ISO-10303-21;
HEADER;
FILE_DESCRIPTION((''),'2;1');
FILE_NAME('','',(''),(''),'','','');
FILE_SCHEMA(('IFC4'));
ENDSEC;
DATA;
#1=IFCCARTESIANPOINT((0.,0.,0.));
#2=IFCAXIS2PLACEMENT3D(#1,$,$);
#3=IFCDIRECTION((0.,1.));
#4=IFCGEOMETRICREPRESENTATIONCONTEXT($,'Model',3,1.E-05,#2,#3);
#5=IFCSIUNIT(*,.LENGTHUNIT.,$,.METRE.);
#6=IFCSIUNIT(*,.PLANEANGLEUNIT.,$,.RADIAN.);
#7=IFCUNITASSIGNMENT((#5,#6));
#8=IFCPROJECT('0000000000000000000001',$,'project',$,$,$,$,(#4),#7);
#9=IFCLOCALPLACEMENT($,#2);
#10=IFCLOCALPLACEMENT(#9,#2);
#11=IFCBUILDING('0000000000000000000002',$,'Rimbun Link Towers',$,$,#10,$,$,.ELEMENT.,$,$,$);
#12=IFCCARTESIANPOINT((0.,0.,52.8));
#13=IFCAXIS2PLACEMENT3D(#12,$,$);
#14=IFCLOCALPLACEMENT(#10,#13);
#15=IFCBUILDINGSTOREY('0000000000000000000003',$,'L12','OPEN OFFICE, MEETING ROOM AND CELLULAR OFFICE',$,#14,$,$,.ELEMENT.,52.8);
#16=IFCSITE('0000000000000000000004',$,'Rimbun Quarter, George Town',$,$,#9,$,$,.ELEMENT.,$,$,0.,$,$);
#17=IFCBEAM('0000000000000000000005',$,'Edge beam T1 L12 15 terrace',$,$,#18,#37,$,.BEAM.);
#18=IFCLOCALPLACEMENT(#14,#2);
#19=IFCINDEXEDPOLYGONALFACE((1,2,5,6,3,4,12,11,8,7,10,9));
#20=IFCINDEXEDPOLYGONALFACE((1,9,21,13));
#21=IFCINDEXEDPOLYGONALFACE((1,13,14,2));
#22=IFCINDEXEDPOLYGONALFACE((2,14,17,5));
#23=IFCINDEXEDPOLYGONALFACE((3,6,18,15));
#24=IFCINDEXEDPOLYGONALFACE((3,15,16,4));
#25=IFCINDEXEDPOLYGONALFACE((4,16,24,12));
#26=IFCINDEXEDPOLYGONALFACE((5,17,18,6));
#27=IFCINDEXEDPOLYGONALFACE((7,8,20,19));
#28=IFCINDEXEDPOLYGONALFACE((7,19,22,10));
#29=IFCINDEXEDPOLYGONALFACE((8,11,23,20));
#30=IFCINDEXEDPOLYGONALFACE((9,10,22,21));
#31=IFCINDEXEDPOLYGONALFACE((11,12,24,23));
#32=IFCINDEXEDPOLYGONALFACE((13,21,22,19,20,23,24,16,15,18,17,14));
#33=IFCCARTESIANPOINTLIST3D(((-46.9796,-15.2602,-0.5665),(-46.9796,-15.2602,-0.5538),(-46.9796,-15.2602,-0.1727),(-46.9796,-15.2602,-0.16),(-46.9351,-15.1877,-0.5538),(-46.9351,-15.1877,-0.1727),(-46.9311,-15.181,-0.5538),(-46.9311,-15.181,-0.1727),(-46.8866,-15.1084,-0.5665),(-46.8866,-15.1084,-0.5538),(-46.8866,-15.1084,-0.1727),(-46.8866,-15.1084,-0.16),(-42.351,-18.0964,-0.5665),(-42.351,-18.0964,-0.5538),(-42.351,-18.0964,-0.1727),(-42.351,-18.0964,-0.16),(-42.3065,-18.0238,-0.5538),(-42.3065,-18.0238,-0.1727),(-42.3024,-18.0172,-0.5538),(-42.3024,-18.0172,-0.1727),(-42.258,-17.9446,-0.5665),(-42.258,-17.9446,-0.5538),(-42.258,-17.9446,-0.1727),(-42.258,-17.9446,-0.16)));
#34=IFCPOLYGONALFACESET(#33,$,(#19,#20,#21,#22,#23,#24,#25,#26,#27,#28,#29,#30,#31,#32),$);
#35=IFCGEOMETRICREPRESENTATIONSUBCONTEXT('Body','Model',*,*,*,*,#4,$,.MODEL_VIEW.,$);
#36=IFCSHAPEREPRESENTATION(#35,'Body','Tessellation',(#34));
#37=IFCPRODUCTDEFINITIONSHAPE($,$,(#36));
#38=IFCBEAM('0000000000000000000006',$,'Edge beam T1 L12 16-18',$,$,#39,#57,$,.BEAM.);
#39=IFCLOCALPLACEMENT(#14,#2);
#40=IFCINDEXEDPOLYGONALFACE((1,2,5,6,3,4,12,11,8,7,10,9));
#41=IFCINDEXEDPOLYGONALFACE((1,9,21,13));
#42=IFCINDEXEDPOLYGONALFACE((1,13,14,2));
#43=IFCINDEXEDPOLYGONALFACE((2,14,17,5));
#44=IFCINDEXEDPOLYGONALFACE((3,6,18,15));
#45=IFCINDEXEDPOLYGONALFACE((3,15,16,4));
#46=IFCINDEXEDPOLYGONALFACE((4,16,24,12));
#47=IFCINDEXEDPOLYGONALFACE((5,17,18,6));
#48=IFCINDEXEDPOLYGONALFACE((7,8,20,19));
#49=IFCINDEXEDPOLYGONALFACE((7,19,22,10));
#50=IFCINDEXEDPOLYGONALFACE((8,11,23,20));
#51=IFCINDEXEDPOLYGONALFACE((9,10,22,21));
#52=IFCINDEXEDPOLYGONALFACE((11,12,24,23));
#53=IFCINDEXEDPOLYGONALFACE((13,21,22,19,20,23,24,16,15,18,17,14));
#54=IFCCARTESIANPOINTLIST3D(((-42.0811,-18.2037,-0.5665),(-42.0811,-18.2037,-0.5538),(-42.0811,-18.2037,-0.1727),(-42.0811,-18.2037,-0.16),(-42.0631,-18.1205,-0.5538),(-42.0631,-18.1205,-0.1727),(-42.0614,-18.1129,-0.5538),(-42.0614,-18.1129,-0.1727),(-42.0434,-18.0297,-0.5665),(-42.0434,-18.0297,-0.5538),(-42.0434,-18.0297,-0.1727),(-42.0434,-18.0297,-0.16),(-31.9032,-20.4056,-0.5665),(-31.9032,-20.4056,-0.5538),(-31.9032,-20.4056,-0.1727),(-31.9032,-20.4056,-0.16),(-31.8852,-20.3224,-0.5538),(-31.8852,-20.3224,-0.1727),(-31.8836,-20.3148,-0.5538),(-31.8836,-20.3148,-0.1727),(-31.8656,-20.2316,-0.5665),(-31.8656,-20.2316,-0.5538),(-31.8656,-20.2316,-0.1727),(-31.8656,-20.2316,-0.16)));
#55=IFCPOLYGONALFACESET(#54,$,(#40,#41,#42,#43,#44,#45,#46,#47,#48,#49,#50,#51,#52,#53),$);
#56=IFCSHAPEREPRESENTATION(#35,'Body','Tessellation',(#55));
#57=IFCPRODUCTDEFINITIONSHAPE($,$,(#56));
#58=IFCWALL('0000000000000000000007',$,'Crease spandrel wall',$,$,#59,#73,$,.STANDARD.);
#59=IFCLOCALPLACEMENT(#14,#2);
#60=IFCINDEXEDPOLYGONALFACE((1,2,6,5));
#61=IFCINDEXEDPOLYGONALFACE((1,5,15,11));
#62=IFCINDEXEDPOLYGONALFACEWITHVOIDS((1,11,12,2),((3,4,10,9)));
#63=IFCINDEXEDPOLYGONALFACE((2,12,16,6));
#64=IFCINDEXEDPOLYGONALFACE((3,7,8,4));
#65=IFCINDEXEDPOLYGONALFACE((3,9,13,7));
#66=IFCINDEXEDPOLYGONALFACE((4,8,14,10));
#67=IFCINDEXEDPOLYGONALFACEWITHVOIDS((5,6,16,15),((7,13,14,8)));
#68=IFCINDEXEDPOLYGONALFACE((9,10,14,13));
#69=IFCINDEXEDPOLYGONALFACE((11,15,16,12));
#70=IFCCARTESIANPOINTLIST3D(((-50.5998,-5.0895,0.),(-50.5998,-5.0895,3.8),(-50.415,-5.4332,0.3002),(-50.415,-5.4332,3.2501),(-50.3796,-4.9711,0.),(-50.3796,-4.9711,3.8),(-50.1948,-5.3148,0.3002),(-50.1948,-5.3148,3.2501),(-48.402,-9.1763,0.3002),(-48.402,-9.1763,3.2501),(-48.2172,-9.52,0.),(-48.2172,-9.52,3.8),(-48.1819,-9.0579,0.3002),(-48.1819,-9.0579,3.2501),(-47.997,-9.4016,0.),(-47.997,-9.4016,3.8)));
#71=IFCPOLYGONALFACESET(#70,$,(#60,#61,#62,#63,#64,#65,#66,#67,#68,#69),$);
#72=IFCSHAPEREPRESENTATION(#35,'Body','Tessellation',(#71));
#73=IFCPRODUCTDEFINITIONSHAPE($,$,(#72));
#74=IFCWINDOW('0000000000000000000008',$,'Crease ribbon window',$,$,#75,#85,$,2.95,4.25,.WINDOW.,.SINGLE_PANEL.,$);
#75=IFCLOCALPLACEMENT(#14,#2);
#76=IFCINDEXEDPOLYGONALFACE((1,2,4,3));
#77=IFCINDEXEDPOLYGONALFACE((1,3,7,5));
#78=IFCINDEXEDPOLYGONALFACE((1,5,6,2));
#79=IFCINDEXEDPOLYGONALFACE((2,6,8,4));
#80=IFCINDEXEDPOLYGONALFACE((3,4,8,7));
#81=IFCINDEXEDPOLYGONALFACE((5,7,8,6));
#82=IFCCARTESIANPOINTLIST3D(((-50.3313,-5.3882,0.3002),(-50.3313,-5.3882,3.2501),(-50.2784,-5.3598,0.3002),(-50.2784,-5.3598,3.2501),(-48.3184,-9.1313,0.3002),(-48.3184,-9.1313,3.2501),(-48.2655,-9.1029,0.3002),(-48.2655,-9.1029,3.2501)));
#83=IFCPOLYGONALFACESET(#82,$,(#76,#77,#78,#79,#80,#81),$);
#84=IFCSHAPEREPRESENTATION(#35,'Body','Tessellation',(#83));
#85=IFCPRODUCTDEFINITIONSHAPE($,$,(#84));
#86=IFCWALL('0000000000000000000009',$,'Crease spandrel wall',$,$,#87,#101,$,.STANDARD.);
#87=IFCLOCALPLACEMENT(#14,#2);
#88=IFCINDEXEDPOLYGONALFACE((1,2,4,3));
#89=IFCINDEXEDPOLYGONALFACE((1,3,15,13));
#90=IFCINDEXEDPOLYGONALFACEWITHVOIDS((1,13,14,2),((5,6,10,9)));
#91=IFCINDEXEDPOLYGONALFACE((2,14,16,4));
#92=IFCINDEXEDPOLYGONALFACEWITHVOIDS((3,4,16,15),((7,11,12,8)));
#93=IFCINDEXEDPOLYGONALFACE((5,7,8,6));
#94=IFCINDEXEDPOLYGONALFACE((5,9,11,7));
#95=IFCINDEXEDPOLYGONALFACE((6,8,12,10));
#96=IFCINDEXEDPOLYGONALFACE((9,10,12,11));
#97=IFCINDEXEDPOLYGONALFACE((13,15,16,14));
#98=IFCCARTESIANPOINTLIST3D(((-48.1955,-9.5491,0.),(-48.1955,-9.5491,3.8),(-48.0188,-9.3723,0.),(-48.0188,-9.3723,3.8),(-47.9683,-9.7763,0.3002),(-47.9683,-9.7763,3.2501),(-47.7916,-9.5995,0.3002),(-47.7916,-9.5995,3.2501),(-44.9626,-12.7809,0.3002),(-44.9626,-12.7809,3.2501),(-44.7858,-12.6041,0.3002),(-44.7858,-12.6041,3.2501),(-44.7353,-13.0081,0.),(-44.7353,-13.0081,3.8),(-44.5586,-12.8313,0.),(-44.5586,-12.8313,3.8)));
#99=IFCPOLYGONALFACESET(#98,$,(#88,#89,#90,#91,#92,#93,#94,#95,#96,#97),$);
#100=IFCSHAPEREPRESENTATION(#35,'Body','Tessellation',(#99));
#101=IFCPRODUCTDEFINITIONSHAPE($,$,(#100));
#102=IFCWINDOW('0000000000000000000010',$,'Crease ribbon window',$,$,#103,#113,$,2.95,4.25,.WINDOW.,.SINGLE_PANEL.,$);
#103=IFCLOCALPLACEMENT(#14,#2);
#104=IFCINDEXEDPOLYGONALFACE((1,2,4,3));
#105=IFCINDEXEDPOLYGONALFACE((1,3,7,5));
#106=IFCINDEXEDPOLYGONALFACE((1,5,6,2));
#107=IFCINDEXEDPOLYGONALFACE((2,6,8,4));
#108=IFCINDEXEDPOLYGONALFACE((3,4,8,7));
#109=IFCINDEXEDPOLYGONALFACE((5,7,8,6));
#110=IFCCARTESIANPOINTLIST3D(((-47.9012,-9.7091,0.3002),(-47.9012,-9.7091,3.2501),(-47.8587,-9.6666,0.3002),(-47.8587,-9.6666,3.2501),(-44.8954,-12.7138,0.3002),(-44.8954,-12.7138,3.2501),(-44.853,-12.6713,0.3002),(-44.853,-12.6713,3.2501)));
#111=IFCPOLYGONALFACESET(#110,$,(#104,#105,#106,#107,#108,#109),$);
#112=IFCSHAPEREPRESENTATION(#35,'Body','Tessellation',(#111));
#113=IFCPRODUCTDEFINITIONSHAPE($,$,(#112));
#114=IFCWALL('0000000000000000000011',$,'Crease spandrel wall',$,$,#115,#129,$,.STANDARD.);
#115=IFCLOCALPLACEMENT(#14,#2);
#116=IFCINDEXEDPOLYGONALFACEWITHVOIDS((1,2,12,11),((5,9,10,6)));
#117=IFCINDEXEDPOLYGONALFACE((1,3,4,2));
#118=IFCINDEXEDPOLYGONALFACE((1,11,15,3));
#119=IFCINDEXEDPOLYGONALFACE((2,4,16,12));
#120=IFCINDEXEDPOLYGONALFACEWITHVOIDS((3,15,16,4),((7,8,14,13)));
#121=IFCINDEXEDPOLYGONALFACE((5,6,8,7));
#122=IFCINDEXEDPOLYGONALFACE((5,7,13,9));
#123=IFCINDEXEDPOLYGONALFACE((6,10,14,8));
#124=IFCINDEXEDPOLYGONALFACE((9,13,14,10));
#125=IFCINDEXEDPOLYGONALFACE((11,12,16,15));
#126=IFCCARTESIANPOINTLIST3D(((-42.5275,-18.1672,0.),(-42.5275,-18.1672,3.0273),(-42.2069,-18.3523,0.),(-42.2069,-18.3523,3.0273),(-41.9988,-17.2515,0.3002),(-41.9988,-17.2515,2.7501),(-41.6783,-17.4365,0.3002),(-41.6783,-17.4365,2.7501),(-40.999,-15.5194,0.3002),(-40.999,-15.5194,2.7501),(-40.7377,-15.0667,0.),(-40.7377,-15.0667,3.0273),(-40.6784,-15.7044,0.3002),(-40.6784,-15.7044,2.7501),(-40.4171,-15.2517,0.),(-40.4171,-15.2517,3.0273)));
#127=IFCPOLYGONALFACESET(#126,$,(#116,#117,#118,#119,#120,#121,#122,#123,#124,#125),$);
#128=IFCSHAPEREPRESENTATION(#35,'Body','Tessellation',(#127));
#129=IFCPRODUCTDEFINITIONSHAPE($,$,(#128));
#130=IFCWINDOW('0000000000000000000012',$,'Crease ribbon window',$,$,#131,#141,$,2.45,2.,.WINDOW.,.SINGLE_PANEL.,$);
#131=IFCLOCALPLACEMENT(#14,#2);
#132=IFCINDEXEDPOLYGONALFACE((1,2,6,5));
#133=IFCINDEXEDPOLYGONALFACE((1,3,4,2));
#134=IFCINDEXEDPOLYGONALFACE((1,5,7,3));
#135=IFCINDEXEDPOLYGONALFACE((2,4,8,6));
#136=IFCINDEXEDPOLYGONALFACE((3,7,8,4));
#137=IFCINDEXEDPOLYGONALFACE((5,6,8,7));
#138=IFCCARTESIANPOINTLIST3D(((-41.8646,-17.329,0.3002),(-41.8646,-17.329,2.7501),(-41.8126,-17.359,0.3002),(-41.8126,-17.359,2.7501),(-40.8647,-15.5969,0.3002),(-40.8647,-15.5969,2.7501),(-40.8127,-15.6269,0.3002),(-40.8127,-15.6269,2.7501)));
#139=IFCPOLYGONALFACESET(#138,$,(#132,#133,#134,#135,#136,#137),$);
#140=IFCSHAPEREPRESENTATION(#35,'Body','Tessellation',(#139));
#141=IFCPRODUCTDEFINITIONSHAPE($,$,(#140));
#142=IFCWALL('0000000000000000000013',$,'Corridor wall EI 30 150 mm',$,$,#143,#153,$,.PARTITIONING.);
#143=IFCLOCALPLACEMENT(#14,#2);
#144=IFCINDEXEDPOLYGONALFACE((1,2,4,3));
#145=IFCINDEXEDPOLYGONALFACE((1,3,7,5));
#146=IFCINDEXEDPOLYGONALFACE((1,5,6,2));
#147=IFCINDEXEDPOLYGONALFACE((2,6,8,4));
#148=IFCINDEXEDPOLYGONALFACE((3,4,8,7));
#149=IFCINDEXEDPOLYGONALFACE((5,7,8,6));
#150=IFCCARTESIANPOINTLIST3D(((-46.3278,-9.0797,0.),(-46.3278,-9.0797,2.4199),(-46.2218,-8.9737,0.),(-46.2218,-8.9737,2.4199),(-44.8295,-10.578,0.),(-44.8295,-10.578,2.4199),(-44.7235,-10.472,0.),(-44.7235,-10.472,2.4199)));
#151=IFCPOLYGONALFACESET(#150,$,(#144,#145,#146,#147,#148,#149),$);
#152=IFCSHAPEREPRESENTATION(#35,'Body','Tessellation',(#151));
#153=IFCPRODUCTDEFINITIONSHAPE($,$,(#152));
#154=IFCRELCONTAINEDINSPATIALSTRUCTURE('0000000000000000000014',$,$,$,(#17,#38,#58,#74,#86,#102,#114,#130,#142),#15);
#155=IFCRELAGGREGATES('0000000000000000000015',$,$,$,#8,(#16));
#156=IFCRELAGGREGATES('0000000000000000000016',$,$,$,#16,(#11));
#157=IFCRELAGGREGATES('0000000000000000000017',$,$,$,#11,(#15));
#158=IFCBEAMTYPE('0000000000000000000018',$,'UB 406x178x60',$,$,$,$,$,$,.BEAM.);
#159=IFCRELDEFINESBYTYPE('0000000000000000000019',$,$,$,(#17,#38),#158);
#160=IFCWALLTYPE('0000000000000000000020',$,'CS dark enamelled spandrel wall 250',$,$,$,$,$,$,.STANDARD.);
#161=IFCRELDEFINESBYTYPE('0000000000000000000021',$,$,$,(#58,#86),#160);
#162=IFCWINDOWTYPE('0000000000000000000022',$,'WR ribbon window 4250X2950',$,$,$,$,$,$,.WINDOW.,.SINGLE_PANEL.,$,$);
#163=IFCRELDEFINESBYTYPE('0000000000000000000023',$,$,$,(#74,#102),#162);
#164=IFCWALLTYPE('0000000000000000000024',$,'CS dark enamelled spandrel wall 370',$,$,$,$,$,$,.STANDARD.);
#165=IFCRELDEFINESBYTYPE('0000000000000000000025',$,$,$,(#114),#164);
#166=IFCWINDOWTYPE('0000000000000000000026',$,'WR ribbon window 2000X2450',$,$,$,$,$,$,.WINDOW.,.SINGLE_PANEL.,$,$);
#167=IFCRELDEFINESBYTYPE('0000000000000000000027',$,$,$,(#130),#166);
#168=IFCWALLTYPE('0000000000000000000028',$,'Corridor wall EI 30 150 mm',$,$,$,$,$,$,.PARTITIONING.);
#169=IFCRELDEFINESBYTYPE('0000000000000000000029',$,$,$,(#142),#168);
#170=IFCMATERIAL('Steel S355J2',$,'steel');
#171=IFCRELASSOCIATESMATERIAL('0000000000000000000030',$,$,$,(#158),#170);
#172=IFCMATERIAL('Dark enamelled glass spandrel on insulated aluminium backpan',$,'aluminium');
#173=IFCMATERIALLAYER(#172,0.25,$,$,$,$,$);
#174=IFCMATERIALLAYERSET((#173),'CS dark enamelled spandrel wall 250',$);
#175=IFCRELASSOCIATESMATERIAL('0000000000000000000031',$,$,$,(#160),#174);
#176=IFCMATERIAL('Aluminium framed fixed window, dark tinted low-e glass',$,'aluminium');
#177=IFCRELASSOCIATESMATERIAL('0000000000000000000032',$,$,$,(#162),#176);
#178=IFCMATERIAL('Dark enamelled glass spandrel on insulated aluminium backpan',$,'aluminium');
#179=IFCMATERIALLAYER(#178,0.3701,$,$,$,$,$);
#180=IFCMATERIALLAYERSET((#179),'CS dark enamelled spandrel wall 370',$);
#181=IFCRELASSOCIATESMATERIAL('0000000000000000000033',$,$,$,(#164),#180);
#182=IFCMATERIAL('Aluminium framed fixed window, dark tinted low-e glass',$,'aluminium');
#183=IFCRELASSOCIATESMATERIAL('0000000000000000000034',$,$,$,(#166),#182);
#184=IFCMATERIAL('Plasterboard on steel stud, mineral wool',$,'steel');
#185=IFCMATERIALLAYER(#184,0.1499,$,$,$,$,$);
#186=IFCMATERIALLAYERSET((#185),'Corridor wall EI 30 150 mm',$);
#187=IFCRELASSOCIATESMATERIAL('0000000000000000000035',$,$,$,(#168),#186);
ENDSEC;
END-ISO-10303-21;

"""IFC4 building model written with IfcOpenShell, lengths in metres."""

from ifc_helpers import new_model, si_unit, direction, frame, frame_2d, origin, origin_2d, place, context, subcontext, project, spatial, rectangle, i_section, extrude, material, layer, layer_set, material_profile, profile_set, type_object, element, fill, save


model = new_model("IFC4")

# Units and contexts
model_context = context("Model", 3, precision=1e-05, world=origin(), true_north=direction((0.0, 1.0)))
body_context = subcontext(model_context, "Body", "Model", "MODEL_VIEW")
ifc_project = project(units=[si_unit("LENGTHUNIT", "METRE"), si_unit("PLANEANGLEUNIT", "RADIAN")], contexts=[model_context])

# Site, building, storey
site_placement = place(None, origin())
site = spatial("IfcSite", under=ifc_project, at=site_placement, Name="Rimbun Quarter, George Town", CompositionType="ELEMENT", RefElevation=0.0)
building_placement = place(site_placement, origin())
building = spatial("IfcBuilding", under=site, at=building_placement, Name="Rimbun Link Towers", CompositionType="ELEMENT")
storey_placement = place(building_placement, frame((0.0, 0.0, 52.8)))
storey = spatial("IfcBuildingStorey", under=building, at=storey_placement, Name="L12", Description="OPEN OFFICE, MEETING ROOM AND CELLULAR OFFICE", CompositionType="ELEMENT", Elevation=52.8)

# Beams
ifc_material_1 = material(Name="Steel S355J2", Category="steel")
ifc_material_profile_1 = material_profile(ifc_material_1, i_section(OverallWidth=0.178, OverallDepth=0.4065, WebThickness=0.0078, FlangeThickness=0.0127, at=origin_2d()), Name="UB 406x178x60")
ifc_profile_set_1 = profile_set([ifc_material_profile_1], Name="Steel S355J2")
beam_type_1 = type_object("IfcBeamType", Name="UB 406x178x60", PredefinedType="BEAM", material=ifc_profile_set_1)
beam_1_placement = place(storey_placement, frame((-46.9331, -15.1843, -0.3633), z_axis=(0.852662, -0.522463, 0.0), x_axis=(0.522463, 0.852662, 0.0)))
element("IfcBeam", 1, at=beam_1_placement, inside=storey, type_object=beam_type_1, Name="Edge beam T1 L12 15 terrace", PredefinedType="BEAM", context=body_context, shape_type="SweptSolid", body=[
    extrude(i_section(OverallWidth=0.178, OverallDepth=0.4065, WebThickness=0.0078, FlangeThickness=0.0127, at=origin_2d()), origin(), (0.0, 0.0, 1.0), 5.4285),
])
beam_2_placement = place(storey_placement, frame((-42.0623, -18.1167, -0.3633), z_axis=(0.977389, -0.211448, 0.0), x_axis=(0.211448, 0.977389, 0.0)))
element("IfcBeam", 2, at=beam_2_placement, inside=storey, type_object=beam_type_1, Name="Edge beam T1 L12 16-18", PredefinedType="BEAM", context=body_context, shape_type="SweptSolid", body=[
    extrude(i_section(OverallWidth=0.178, OverallDepth=0.4065, WebThickness=0.0078, FlangeThickness=0.0127, at=origin_2d()), origin(), (0.0, 0.0, 1.0), 10.4133),
])

# Walls, openings, windows
ifc_material_2 = material(Name="Dark enamelled glass spandrel on insulated aluminium backpan", Category="aluminium")
ifc_layer_1 = layer(ifc_material_2, 0.25)
ifc_layer_set_1 = layer_set([ifc_layer_1], Name="CS dark enamelled spandrel wall 250")
wall_type_1 = type_object("IfcWallType", Name="CS dark enamelled spandrel wall 250", PredefinedType="STANDARD", material=ifc_layer_set_1)
wall_1_placement = place(storey_placement, frame((-48.1072, -9.4607, 0.0), z_axis=(0.0, 0.0, 1.0), x_axis=(-0.473631, 0.880723, 0.0)))
wall_1 = element("IfcWall", 3, at=wall_1_placement, inside=storey, type_object=wall_type_1, Name="Crease spandrel wall", PredefinedType="STANDARD", context=body_context, shape_type="SweptSolid", body=[
    extrude(rectangle(XDim=5.0305, YDim=0.25, at=frame_2d((2.5151, 0.0))), origin(), (0.0, 0.0, 1.0), 3.8),
])
opening_1_placement = place(wall_1_placement, frame((0.3901, 0.0, 0.3)))
opening_1 = element("IfcOpeningElement", 4, at=opening_1_placement, cuts=wall_1, PredefinedType="OPENING", context=body_context, shape_type="SweptSolid", body=[
    extrude(rectangle(XDim=4.25, YDim=2.95, at=frame_2d((2.125, 1.4751))), frame((0.0, 0.135, 0.0), z_axis=(0.0, -1.0, 0.0), x_axis=(1.0, 0.0, 0.0)), (0.0, 0.0, 1.0), 0.27),
])
ifc_material_3 = material(Name="Aluminium framed fixed window, dark tinted low-e glass", Category="aluminium")
window_type_1 = type_object("IfcWindowType", Name="WR ribbon window 4250X2950", PartitioningType="SINGLE_PANEL", PredefinedType="WINDOW", material=ifc_material_3)
window_1_placement = place(opening_1_placement, origin())
window_1 = element("IfcWindow", 5, at=window_1_placement, inside=storey, type_object=window_type_1, Name="Crease ribbon window", OverallHeight=2.95, OverallWidth=4.25, PartitioningType="SINGLE_PANEL", PredefinedType="WINDOW", context=body_context, shape_type="SweptSolid", body=[
    extrude(rectangle(XDim=4.25, YDim=2.95, at=frame_2d((2.125, 1.4751))), frame((0.0, 0.03, 0.0), z_axis=(0.0, -1.0, 0.0), x_axis=(1.0, 0.0, 0.0)), (0.0, 0.0, 1.0), 0.0601),
])
fill(opening_1, window_1)
wall_2_placement = place(storey_placement, frame((-44.647, -12.9197, 0.0), z_axis=(0.0, 0.0, 1.0), x_axis=(-0.707232, 0.706982, 0.0)))
wall_2 = element("IfcWall", 6, at=wall_2_placement, inside=storey, type_object=wall_type_1, Name="Crease spandrel wall", PredefinedType="STANDARD", context=body_context, shape_type="SweptSolid", body=[
    extrude(rectangle(XDim=4.8926, YDim=0.25, at=frame_2d((2.4463, 0.0))), origin(), (0.0, 0.0, 1.0), 3.8),
])
opening_2_placement = place(wall_2_placement, frame((0.3213, 0.0, 0.3)))
opening_2 = element("IfcOpeningElement", 7, at=opening_2_placement, cuts=wall_2, PredefinedType="OPENING", context=body_context, shape_type="SweptSolid", body=[
    extrude(rectangle(XDim=4.25, YDim=2.95, at=frame_2d((2.125, 1.4751))), frame((0.0, 0.135, 0.0), z_axis=(0.0, -1.0, 0.0), x_axis=(1.0, 0.0, 0.0)), (0.0, 0.0, 1.0), 0.27),
])
window_2_placement = place(opening_2_placement, origin())
window_2 = element("IfcWindow", 8, at=window_2_placement, inside=storey, type_object=window_type_1, Name="Crease ribbon window", OverallHeight=2.95, OverallWidth=4.25, PartitioningType="SINGLE_PANEL", PredefinedType="WINDOW", context=body_context, shape_type="SweptSolid", body=[
    extrude(rectangle(XDim=4.25, YDim=2.95, at=frame_2d((2.125, 1.4751))), frame((0.0, 0.03, 0.0), z_axis=(0.0, -1.0, 0.0), x_axis=(1.0, 0.0, 0.0)), (0.0, 0.0, 1.0), 0.0601),
])
fill(opening_2, window_2)

# Wall, opening, window
ifc_material_4 = material(Name="Dark enamelled glass spandrel on insulated aluminium backpan", Category="aluminium")
ifc_layer_2 = layer(ifc_material_4, 0.3701)
ifc_layer_set_2 = layer_set([ifc_layer_2], Name="CS dark enamelled spandrel wall 370")
wall_type_2 = type_object("IfcWallType", Name="CS dark enamelled spandrel wall 370", PredefinedType="STANDARD", material=ifc_layer_set_2)
wall_3_placement = place(storey_placement, frame((-42.3672, -18.2598, 0.0), z_axis=(0.0, 0.0, 1.0), x_axis=(0.499931, 0.866065, 0.0)))
wall_3 = element("IfcWall", 9, at=wall_3_placement, inside=storey, type_object=wall_type_2, Name="Crease spandrel wall", PredefinedType="STANDARD", context=body_context, shape_type="SweptSolid", body=[
    extrude(rectangle(XDim=3.5801, YDim=0.3701, at=frame_2d((1.79, 0.0))), origin(), (0.0, 0.0, 1.0), 3.0273),
])
opening_3_placement = place(wall_3_placement, frame((1.0574, 0.0, 0.3)))
opening_3 = element("IfcOpeningElement", 10, at=opening_3_placement, cuts=wall_3, PredefinedType="OPENING", context=body_context, shape_type="SweptSolid", body=[
    extrude(rectangle(XDim=2.0, YDim=2.45, at=frame_2d((1.0, 1.2251))), frame((0.0, 0.1951, 0.0), z_axis=(0.0, -1.0, 0.0), x_axis=(1.0, 0.0, 0.0)), (0.0, 0.0, 1.0), 0.3901),
])
ifc_material_5 = material(Name="Aluminium framed fixed window, dark tinted low-e glass", Category="aluminium")
window_type_2 = type_object("IfcWindowType", Name="WR ribbon window 2000X2450", PartitioningType="SINGLE_PANEL", PredefinedType="WINDOW", material=ifc_material_5)
window_3_placement = place(opening_3_placement, origin())
window_3 = element("IfcWindow", 11, at=window_3_placement, inside=storey, type_object=window_type_2, Name="Crease ribbon window", OverallHeight=2.45, OverallWidth=2.0, PartitioningType="SINGLE_PANEL", PredefinedType="WINDOW", context=body_context, shape_type="SweptSolid", body=[
    extrude(rectangle(XDim=2.0, YDim=2.45, at=frame_2d((1.0, 1.2251))), frame((0.0, 0.03, 0.0), z_axis=(0.0, -1.0, 0.0), x_axis=(1.0, 0.0, 0.0)), (0.0, 0.0, 1.0), 0.0601),
])
fill(opening_3, window_3)

# Wall
ifc_material_6 = material(Name="Plasterboard on steel stud, mineral wool", Category="steel")
ifc_layer_3 = layer(ifc_material_6, 0.1499)
ifc_layer_set_3 = layer_set([ifc_layer_3], Name="Corridor wall EI 30 150 mm")
wall_type_3 = type_object("IfcWallType", Name="Corridor wall EI 30 150 mm", PredefinedType="PARTITIONING", material=ifc_layer_set_3)
wall_4_placement = place(storey_placement, frame((-46.2749, -9.0266, 0.0), z_axis=(0.0, 0.0, 1.0), x_axis=(0.707107, -0.707107, 0.0)))
element("IfcWall", 12, at=wall_4_placement, inside=storey, type_object=wall_type_3, Name="Corridor wall EI 30 150 mm", PredefinedType="PARTITIONING", context=body_context, shape_type="SweptSolid", body=[
    extrude(rectangle(XDim=2.1189, YDim=0.1499, at=frame_2d((1.0596, 0.0))), origin(), (0.0, 0.0, 1.0), 2.4199),
])

save(model, "model.ifc")
